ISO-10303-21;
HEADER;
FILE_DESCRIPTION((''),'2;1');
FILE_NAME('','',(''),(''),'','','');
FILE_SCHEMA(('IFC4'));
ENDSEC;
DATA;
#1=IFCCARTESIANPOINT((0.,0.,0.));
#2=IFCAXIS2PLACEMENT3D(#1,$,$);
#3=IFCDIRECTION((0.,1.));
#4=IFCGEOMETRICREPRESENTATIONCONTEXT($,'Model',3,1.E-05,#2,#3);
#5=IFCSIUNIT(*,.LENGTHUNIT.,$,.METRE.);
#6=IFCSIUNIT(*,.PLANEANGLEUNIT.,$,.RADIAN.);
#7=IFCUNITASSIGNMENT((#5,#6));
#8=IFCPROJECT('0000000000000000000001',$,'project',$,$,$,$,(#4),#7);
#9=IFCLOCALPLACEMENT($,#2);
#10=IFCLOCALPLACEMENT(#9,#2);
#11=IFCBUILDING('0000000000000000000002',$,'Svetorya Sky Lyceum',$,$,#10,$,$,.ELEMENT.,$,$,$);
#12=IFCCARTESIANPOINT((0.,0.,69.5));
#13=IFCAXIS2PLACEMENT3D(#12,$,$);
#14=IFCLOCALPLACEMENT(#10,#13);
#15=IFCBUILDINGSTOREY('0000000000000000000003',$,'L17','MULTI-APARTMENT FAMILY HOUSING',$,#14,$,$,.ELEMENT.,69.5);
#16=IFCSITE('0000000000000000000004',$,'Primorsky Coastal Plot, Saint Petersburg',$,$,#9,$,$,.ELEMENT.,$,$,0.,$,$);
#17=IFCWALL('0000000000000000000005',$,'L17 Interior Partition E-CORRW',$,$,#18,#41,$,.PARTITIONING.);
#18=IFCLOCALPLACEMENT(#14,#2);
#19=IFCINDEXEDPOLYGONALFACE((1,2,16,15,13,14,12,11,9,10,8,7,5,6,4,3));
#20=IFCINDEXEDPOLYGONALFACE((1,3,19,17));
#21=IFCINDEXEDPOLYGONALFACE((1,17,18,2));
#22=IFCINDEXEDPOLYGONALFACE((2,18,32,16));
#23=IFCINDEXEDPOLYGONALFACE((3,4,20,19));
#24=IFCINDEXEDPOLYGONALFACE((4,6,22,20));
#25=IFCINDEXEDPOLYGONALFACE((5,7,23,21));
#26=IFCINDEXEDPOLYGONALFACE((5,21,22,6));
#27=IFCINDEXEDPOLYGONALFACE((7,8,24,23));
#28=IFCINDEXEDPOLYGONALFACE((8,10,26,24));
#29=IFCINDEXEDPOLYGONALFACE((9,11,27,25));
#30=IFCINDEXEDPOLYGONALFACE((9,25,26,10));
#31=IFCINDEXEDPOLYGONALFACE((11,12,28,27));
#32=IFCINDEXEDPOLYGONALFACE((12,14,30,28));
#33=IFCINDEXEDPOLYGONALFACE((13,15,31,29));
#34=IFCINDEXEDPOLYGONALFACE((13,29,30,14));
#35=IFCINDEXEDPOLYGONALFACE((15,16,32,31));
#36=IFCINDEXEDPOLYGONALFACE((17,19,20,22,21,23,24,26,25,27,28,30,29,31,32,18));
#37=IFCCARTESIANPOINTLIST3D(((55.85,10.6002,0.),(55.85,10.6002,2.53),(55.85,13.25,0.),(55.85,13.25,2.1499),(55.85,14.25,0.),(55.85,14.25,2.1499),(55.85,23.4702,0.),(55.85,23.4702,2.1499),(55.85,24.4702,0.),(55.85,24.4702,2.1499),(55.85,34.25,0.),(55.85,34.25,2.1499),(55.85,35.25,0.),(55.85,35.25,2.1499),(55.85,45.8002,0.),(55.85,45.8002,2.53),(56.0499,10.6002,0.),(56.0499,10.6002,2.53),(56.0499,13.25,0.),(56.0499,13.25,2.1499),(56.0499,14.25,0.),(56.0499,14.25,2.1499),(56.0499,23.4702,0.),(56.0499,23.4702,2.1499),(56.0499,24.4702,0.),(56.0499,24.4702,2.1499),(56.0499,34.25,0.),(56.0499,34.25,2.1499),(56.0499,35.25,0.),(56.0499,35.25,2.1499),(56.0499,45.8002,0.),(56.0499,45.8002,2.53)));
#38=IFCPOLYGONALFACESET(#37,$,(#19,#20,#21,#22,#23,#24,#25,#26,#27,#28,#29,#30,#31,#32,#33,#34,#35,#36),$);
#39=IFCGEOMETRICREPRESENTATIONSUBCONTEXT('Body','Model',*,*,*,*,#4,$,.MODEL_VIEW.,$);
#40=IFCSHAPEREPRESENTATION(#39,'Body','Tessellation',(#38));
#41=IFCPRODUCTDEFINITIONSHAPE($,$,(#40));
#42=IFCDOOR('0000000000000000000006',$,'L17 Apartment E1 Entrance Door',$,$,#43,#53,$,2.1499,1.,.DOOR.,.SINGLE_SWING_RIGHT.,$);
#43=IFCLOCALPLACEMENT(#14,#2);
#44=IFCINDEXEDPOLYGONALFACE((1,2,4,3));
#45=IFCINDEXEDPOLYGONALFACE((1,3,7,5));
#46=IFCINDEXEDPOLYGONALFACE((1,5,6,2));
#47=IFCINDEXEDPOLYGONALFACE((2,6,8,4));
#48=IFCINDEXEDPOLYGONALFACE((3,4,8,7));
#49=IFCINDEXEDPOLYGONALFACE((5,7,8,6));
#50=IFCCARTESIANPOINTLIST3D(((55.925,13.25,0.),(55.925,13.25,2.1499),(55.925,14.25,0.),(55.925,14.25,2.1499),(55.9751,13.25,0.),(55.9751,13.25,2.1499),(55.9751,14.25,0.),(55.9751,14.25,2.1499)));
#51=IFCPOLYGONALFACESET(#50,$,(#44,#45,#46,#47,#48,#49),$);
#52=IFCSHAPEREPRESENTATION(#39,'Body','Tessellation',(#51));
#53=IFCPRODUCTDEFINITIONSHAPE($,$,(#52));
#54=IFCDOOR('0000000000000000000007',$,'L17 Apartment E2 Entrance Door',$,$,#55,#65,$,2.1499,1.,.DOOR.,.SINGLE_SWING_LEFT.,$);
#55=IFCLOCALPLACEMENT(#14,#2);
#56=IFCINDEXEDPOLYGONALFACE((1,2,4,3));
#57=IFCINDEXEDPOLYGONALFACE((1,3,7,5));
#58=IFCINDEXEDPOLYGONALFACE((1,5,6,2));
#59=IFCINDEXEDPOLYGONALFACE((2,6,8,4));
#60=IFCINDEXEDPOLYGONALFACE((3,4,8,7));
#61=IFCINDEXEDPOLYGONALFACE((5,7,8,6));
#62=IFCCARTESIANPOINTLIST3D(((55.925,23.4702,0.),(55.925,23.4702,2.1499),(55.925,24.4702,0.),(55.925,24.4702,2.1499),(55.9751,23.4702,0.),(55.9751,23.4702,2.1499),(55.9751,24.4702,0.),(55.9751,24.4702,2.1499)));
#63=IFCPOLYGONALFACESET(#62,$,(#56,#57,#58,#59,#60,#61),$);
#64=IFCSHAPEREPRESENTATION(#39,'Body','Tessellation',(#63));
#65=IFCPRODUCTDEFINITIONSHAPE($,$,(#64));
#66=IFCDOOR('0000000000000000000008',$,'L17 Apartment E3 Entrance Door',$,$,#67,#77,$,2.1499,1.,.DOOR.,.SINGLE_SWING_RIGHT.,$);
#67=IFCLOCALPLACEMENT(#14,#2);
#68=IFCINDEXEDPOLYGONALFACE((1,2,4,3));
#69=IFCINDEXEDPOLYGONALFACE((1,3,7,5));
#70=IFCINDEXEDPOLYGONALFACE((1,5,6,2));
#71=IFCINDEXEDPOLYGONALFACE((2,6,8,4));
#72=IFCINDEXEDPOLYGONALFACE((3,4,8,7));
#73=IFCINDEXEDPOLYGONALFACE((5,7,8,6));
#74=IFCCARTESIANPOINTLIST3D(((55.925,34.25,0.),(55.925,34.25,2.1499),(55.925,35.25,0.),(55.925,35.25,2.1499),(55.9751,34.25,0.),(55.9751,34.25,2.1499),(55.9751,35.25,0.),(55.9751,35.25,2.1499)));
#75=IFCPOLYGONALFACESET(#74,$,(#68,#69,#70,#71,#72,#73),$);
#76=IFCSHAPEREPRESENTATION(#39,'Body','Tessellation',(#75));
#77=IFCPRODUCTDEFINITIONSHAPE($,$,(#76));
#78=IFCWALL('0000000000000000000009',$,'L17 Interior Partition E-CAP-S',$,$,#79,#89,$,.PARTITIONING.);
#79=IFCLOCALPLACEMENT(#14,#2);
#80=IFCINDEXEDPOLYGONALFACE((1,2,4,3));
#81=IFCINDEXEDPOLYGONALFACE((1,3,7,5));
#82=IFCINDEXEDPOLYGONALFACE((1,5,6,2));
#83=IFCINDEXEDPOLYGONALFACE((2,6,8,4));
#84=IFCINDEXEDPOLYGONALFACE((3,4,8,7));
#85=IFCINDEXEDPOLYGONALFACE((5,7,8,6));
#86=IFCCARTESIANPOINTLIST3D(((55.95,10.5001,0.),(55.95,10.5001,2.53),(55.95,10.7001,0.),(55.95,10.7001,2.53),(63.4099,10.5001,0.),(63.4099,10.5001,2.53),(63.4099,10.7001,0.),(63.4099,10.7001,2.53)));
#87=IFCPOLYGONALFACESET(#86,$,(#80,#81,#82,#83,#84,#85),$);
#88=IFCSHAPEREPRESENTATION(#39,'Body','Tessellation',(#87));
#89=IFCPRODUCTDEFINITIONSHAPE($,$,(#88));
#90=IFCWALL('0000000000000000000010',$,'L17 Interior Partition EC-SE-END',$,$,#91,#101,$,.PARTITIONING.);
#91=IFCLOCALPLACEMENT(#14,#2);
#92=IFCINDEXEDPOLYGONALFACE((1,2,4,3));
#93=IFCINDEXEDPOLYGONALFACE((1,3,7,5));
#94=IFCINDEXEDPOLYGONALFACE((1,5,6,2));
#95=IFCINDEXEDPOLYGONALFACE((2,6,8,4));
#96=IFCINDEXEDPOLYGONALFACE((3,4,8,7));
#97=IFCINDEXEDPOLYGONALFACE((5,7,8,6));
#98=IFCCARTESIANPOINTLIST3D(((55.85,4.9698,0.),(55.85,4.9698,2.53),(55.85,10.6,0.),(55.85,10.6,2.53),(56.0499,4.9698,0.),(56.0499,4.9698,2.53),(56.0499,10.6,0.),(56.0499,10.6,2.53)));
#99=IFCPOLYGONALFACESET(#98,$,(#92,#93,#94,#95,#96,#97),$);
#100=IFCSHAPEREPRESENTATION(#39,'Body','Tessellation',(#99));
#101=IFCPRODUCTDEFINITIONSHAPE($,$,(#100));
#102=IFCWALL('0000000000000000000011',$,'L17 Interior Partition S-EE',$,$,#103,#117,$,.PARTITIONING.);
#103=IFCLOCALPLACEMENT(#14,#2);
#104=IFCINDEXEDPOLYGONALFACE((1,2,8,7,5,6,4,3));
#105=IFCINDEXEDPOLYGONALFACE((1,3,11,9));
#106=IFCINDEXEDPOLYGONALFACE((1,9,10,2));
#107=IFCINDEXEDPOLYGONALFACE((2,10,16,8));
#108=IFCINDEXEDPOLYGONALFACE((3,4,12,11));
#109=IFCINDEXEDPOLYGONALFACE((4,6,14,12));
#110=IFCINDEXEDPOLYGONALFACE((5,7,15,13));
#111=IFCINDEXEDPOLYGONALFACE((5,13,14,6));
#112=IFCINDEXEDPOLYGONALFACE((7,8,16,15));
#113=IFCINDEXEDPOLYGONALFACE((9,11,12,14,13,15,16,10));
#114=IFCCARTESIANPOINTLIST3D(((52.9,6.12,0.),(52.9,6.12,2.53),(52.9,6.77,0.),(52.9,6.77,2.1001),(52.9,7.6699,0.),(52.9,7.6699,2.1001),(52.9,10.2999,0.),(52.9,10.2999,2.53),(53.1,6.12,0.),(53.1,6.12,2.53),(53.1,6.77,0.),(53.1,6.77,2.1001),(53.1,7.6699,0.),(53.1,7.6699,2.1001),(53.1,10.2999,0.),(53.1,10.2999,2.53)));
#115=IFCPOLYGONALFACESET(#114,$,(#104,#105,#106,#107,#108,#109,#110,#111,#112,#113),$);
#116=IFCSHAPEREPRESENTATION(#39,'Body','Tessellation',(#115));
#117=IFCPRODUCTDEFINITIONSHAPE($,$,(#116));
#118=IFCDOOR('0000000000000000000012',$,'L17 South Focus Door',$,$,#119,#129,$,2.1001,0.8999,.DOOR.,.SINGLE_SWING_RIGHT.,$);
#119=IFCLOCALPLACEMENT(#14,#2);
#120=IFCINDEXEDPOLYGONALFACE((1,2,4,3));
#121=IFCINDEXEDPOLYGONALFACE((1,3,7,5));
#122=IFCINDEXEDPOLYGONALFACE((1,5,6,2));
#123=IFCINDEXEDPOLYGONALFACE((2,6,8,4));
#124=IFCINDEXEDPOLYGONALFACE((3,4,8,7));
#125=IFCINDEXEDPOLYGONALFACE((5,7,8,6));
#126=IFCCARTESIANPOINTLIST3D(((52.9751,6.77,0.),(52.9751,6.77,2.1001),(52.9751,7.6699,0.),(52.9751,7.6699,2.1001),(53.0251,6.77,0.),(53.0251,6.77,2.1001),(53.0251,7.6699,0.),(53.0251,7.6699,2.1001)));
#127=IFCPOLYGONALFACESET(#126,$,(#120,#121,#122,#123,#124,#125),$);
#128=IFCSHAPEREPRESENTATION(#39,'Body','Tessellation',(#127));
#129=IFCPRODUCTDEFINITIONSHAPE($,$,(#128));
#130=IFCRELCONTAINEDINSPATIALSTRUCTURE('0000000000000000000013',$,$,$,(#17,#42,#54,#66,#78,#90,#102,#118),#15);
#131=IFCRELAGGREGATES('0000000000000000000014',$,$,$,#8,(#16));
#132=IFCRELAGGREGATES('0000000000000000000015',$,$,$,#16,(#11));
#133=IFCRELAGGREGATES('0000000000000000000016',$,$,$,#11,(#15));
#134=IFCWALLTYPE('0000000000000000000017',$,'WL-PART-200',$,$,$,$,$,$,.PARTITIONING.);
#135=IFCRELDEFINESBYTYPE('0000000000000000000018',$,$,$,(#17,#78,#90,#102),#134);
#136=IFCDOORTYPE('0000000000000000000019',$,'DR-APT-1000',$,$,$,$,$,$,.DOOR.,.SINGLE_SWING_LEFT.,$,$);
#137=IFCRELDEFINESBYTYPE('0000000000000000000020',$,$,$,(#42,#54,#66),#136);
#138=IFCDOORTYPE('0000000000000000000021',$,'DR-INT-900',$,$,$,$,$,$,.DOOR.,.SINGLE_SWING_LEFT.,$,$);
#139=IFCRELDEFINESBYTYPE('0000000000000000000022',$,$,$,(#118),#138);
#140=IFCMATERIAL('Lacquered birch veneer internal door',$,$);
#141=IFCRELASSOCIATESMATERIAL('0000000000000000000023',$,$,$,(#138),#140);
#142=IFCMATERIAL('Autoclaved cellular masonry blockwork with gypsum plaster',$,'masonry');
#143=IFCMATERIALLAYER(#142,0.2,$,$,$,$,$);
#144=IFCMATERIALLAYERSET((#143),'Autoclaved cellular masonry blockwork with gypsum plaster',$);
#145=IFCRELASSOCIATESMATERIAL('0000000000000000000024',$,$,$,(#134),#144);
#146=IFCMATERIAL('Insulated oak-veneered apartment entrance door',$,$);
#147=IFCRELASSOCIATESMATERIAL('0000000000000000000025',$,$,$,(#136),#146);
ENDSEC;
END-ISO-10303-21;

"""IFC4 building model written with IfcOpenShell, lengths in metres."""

from ifc_helpers import new_model, si_unit, direction, frame, frame_2d, origin, place, context, subcontext, project, spatial, rectangle, extrude, material, layer, layer_set, type_object, element, fill, save


model = new_model("IFC4")

# Units and contexts
model_context = context("Model", 3, precision=1e-05, world=origin(), true_north=direction((0.0, 1.0)))
body_context = subcontext(model_context, "Body", "Model", "MODEL_VIEW")
ifc_project = project(units=[si_unit("LENGTHUNIT", "METRE"), si_unit("PLANEANGLEUNIT", "RADIAN")], contexts=[model_context])

# Site, building, storey
site_placement = place(None, origin())
site = spatial("IfcSite", under=ifc_project, at=site_placement, Name="Primorsky Coastal Plot, Saint Petersburg", CompositionType="ELEMENT", RefElevation=0.0)
building_placement = place(site_placement, origin())
building = spatial("IfcBuilding", under=site, at=building_placement, Name="Svetorya Sky Lyceum", CompositionType="ELEMENT")
storey_placement = place(building_placement, frame((0.0, 0.0, 69.5)))
storey = spatial("IfcBuildingStorey", under=building, at=storey_placement, Name="L17", Description="MULTI-APARTMENT FAMILY HOUSING", CompositionType="ELEMENT", Elevation=69.5)

# Wall, openings, doors
ifc_material_1 = material(Name="Lacquered birch veneer internal door")
door_type_1 = type_object("IfcDoorType", Name="DR-INT-900", OperationType="SINGLE_SWING_LEFT", PredefinedType="DOOR", material=ifc_material_1)
ifc_material_2 = material(Name="Autoclaved cellular masonry blockwork with gypsum plaster", Category="masonry")
ifc_layer_1 = layer(ifc_material_2, 0.2)
ifc_layer_set_1 = layer_set([ifc_layer_1], Name="Autoclaved cellular masonry blockwork with gypsum plaster")
wall_type_1 = type_object("IfcWallType", Name="WL-PART-200", PredefinedType="PARTITIONING", material=ifc_layer_set_1)
wall_1_placement = place(storey_placement, frame((55.95, 10.6001, 0.0), z_axis=(0.0, 0.0, 1.0), x_axis=(0.0, 1.0, 0.0)))
wall_1 = element("IfcWall", 1, at=wall_1_placement, inside=storey, type_object=wall_type_1, Name="L17 Interior Partition E-CORRW", PredefinedType="PARTITIONING", context=body_context, shape_type="SweptSolid", body=[
    extrude(rectangle(XDim=35.2, YDim=0.2, at=frame_2d((17.6001, 0.0))), origin(), (0.0, 0.0, 1.0), 2.53),
])
opening_1_placement = place(wall_1_placement, frame((2.6499, 0.0, 0.0)))
opening_1 = element("IfcOpeningElement", 2, at=opening_1_placement, cuts=wall_1, PredefinedType="OPENING", context=body_context, shape_type="SweptSolid", body=[
    extrude(rectangle(XDim=1.0, YDim=2.1499, at=frame_2d((0.5, 1.075))), frame((0.0, 0.1099, 0.0), z_axis=(0.0, -1.0, 0.0), x_axis=(1.0, 0.0, 0.0)), (0.0, 0.0, 1.0), 0.22),
])
opening_2_placement = place(wall_1_placement, frame((12.8701, 0.0, 0.0)))
opening_2 = element("IfcOpeningElement", 3, at=opening_2_placement, cuts=wall_1, PredefinedType="OPENING", context=body_context, shape_type="SweptSolid", body=[
    extrude(rectangle(XDim=1.0, YDim=2.1499, at=frame_2d((0.5, 1.075))), frame((0.0, 0.1099, 0.0), z_axis=(0.0, -1.0, 0.0), x_axis=(1.0, 0.0, 0.0)), (0.0, 0.0, 1.0), 0.22),
])
opening_3_placement = place(wall_1_placement, frame((23.6499, 0.0, 0.0)))
opening_3 = element("IfcOpeningElement", 4, at=opening_3_placement, cuts=wall_1, PredefinedType="OPENING", context=body_context, shape_type="SweptSolid", body=[
    extrude(rectangle(XDim=1.0, YDim=2.1499, at=frame_2d((0.5, 1.075))), frame((0.0, 0.1099, 0.0), z_axis=(0.0, -1.0, 0.0), x_axis=(1.0, 0.0, 0.0)), (0.0, 0.0, 1.0), 0.22),
])
ifc_material_3 = material(Name="Insulated oak-veneered apartment entrance door")
door_type_2 = type_object("IfcDoorType", Name="DR-APT-1000", OperationType="SINGLE_SWING_LEFT", PredefinedType="DOOR", material=ifc_material_3)
door_1_placement = place(opening_1_placement, origin())
door_1 = element("IfcDoor", 5, at=door_1_placement, inside=storey, type_object=door_type_2, Name="L17 Apartment E1 Entrance Door", OperationType="SINGLE_SWING_RIGHT", OverallHeight=2.1499, OverallWidth=1.0, PredefinedType="DOOR", context=body_context, shape_type="SweptSolid", body=[
    extrude(rectangle(XDim=1.0, YDim=2.1499, at=frame_2d((0.5, 1.075))), frame((0.0, 0.0249, 0.0), z_axis=(0.0, -1.0, 0.0), x_axis=(1.0, 0.0, 0.0)), (0.0, 0.0, 1.0), 0.05),
])
fill(opening_1, door_1)
door_2_placement = place(opening_2_placement, origin())
door_2 = element("IfcDoor", 6, at=door_2_placement, inside=storey, type_object=door_type_2, Name="L17 Apartment E2 Entrance Door", OperationType="SINGLE_SWING_LEFT", OverallHeight=2.1499, OverallWidth=1.0, PredefinedType="DOOR", context=body_context, shape_type="SweptSolid", body=[
    extrude(rectangle(XDim=1.0, YDim=2.1499, at=frame_2d((0.5, 1.075))), frame((0.0, 0.0249, 0.0), z_axis=(0.0, -1.0, 0.0), x_axis=(1.0, 0.0, 0.0)), (0.0, 0.0, 1.0), 0.05),
])
fill(opening_2, door_2)
door_3_placement = place(opening_3_placement, origin())
door_3 = element("IfcDoor", 7, at=door_3_placement, inside=storey, type_object=door_type_2, Name="L17 Apartment E3 Entrance Door", OperationType="SINGLE_SWING_RIGHT", OverallHeight=2.1499, OverallWidth=1.0, PredefinedType="DOOR", context=body_context, shape_type="SweptSolid", body=[
    extrude(rectangle(XDim=1.0, YDim=2.1499, at=frame_2d((0.5, 1.075))), frame((0.0, 0.0249, 0.0), z_axis=(0.0, -1.0, 0.0), x_axis=(1.0, 0.0, 0.0)), (0.0, 0.0, 1.0), 0.05),
])
fill(opening_3, door_3)

# Walls
wall_2_placement = place(storey_placement, frame((55.95, 10.6001, 0.0), z_axis=(0.0, 0.0, 1.0), x_axis=(1.0, 0.0, 0.0)))
element("IfcWall", 8, at=wall_2_placement, inside=storey, type_object=wall_type_1, Name="L17 Interior Partition E-CAP-S", PredefinedType="PARTITIONING", context=body_context, shape_type="SweptSolid", body=[
    extrude(rectangle(XDim=7.46, YDim=0.2, at=frame_2d((3.73, 0.0))), origin(), (0.0, 0.0, 1.0), 2.53),
])
wall_3_placement = place(storey_placement, frame((55.95, 4.97, 0.0), z_axis=(0.0, 0.0, 1.0), x_axis=(0.0, 1.0, 0.0)))
element("IfcWall", 9, at=wall_3_placement, inside=storey, type_object=wall_type_1, Name="L17 Interior Partition EC-SE-END", PredefinedType="PARTITIONING", context=body_context, shape_type="SweptSolid", body=[
    extrude(rectangle(XDim=5.6301, YDim=0.2, at=frame_2d((2.8149, 0.0))), origin(), (0.0, 0.0, 1.0), 2.53),
])

# Wall, opening, door
wall_4_placement = place(storey_placement, frame((53.0, 6.1201, 0.0), z_axis=(0.0, 0.0, 1.0), x_axis=(0.0, 1.0, 0.0)))
wall_4 = element("IfcWall", 10, at=wall_4_placement, inside=storey, type_object=wall_type_1, Name="L17 Interior Partition S-EE", PredefinedType="PARTITIONING", context=body_context, shape_type="SweptSolid", body=[
    extrude(rectangle(XDim=4.1799, YDim=0.2, at=frame_2d((2.0898, 0.0))), origin(), (0.0, 0.0, 1.0), 2.53),
])
opening_4_placement = place(wall_4_placement, frame((0.6499, 0.0, 0.0)))
opening_4 = element("IfcOpeningElement", 11, at=opening_4_placement, cuts=wall_4, PredefinedType="OPENING", context=body_context, shape_type="SweptSolid", body=[
    extrude(rectangle(XDim=0.8999, YDim=2.1001, at=frame_2d((0.45, 1.05))), frame((0.0, 0.1099, 0.0), z_axis=(0.0, -1.0, 0.0), x_axis=(1.0, 0.0, 0.0)), (0.0, 0.0, 1.0), 0.22),
])
door_4_placement = place(opening_4_placement, origin())
door_4 = element("IfcDoor", 12, at=door_4_placement, inside=storey, type_object=door_type_1, Name="L17 South Focus Door", OperationType="SINGLE_SWING_RIGHT", OverallHeight=2.1001, OverallWidth=0.8999, PredefinedType="DOOR", context=body_context, shape_type="SweptSolid", body=[
    extrude(rectangle(XDim=0.8999, YDim=2.1001, at=frame_2d((0.45, 1.05))), frame((0.0, 0.0249, 0.0), z_axis=(0.0, -1.0, 0.0), x_axis=(1.0, 0.0, 0.0)), (0.0, 0.0, 1.0), 0.05),
])
fill(opening_4, door_4)

save(model, "model.ifc")
